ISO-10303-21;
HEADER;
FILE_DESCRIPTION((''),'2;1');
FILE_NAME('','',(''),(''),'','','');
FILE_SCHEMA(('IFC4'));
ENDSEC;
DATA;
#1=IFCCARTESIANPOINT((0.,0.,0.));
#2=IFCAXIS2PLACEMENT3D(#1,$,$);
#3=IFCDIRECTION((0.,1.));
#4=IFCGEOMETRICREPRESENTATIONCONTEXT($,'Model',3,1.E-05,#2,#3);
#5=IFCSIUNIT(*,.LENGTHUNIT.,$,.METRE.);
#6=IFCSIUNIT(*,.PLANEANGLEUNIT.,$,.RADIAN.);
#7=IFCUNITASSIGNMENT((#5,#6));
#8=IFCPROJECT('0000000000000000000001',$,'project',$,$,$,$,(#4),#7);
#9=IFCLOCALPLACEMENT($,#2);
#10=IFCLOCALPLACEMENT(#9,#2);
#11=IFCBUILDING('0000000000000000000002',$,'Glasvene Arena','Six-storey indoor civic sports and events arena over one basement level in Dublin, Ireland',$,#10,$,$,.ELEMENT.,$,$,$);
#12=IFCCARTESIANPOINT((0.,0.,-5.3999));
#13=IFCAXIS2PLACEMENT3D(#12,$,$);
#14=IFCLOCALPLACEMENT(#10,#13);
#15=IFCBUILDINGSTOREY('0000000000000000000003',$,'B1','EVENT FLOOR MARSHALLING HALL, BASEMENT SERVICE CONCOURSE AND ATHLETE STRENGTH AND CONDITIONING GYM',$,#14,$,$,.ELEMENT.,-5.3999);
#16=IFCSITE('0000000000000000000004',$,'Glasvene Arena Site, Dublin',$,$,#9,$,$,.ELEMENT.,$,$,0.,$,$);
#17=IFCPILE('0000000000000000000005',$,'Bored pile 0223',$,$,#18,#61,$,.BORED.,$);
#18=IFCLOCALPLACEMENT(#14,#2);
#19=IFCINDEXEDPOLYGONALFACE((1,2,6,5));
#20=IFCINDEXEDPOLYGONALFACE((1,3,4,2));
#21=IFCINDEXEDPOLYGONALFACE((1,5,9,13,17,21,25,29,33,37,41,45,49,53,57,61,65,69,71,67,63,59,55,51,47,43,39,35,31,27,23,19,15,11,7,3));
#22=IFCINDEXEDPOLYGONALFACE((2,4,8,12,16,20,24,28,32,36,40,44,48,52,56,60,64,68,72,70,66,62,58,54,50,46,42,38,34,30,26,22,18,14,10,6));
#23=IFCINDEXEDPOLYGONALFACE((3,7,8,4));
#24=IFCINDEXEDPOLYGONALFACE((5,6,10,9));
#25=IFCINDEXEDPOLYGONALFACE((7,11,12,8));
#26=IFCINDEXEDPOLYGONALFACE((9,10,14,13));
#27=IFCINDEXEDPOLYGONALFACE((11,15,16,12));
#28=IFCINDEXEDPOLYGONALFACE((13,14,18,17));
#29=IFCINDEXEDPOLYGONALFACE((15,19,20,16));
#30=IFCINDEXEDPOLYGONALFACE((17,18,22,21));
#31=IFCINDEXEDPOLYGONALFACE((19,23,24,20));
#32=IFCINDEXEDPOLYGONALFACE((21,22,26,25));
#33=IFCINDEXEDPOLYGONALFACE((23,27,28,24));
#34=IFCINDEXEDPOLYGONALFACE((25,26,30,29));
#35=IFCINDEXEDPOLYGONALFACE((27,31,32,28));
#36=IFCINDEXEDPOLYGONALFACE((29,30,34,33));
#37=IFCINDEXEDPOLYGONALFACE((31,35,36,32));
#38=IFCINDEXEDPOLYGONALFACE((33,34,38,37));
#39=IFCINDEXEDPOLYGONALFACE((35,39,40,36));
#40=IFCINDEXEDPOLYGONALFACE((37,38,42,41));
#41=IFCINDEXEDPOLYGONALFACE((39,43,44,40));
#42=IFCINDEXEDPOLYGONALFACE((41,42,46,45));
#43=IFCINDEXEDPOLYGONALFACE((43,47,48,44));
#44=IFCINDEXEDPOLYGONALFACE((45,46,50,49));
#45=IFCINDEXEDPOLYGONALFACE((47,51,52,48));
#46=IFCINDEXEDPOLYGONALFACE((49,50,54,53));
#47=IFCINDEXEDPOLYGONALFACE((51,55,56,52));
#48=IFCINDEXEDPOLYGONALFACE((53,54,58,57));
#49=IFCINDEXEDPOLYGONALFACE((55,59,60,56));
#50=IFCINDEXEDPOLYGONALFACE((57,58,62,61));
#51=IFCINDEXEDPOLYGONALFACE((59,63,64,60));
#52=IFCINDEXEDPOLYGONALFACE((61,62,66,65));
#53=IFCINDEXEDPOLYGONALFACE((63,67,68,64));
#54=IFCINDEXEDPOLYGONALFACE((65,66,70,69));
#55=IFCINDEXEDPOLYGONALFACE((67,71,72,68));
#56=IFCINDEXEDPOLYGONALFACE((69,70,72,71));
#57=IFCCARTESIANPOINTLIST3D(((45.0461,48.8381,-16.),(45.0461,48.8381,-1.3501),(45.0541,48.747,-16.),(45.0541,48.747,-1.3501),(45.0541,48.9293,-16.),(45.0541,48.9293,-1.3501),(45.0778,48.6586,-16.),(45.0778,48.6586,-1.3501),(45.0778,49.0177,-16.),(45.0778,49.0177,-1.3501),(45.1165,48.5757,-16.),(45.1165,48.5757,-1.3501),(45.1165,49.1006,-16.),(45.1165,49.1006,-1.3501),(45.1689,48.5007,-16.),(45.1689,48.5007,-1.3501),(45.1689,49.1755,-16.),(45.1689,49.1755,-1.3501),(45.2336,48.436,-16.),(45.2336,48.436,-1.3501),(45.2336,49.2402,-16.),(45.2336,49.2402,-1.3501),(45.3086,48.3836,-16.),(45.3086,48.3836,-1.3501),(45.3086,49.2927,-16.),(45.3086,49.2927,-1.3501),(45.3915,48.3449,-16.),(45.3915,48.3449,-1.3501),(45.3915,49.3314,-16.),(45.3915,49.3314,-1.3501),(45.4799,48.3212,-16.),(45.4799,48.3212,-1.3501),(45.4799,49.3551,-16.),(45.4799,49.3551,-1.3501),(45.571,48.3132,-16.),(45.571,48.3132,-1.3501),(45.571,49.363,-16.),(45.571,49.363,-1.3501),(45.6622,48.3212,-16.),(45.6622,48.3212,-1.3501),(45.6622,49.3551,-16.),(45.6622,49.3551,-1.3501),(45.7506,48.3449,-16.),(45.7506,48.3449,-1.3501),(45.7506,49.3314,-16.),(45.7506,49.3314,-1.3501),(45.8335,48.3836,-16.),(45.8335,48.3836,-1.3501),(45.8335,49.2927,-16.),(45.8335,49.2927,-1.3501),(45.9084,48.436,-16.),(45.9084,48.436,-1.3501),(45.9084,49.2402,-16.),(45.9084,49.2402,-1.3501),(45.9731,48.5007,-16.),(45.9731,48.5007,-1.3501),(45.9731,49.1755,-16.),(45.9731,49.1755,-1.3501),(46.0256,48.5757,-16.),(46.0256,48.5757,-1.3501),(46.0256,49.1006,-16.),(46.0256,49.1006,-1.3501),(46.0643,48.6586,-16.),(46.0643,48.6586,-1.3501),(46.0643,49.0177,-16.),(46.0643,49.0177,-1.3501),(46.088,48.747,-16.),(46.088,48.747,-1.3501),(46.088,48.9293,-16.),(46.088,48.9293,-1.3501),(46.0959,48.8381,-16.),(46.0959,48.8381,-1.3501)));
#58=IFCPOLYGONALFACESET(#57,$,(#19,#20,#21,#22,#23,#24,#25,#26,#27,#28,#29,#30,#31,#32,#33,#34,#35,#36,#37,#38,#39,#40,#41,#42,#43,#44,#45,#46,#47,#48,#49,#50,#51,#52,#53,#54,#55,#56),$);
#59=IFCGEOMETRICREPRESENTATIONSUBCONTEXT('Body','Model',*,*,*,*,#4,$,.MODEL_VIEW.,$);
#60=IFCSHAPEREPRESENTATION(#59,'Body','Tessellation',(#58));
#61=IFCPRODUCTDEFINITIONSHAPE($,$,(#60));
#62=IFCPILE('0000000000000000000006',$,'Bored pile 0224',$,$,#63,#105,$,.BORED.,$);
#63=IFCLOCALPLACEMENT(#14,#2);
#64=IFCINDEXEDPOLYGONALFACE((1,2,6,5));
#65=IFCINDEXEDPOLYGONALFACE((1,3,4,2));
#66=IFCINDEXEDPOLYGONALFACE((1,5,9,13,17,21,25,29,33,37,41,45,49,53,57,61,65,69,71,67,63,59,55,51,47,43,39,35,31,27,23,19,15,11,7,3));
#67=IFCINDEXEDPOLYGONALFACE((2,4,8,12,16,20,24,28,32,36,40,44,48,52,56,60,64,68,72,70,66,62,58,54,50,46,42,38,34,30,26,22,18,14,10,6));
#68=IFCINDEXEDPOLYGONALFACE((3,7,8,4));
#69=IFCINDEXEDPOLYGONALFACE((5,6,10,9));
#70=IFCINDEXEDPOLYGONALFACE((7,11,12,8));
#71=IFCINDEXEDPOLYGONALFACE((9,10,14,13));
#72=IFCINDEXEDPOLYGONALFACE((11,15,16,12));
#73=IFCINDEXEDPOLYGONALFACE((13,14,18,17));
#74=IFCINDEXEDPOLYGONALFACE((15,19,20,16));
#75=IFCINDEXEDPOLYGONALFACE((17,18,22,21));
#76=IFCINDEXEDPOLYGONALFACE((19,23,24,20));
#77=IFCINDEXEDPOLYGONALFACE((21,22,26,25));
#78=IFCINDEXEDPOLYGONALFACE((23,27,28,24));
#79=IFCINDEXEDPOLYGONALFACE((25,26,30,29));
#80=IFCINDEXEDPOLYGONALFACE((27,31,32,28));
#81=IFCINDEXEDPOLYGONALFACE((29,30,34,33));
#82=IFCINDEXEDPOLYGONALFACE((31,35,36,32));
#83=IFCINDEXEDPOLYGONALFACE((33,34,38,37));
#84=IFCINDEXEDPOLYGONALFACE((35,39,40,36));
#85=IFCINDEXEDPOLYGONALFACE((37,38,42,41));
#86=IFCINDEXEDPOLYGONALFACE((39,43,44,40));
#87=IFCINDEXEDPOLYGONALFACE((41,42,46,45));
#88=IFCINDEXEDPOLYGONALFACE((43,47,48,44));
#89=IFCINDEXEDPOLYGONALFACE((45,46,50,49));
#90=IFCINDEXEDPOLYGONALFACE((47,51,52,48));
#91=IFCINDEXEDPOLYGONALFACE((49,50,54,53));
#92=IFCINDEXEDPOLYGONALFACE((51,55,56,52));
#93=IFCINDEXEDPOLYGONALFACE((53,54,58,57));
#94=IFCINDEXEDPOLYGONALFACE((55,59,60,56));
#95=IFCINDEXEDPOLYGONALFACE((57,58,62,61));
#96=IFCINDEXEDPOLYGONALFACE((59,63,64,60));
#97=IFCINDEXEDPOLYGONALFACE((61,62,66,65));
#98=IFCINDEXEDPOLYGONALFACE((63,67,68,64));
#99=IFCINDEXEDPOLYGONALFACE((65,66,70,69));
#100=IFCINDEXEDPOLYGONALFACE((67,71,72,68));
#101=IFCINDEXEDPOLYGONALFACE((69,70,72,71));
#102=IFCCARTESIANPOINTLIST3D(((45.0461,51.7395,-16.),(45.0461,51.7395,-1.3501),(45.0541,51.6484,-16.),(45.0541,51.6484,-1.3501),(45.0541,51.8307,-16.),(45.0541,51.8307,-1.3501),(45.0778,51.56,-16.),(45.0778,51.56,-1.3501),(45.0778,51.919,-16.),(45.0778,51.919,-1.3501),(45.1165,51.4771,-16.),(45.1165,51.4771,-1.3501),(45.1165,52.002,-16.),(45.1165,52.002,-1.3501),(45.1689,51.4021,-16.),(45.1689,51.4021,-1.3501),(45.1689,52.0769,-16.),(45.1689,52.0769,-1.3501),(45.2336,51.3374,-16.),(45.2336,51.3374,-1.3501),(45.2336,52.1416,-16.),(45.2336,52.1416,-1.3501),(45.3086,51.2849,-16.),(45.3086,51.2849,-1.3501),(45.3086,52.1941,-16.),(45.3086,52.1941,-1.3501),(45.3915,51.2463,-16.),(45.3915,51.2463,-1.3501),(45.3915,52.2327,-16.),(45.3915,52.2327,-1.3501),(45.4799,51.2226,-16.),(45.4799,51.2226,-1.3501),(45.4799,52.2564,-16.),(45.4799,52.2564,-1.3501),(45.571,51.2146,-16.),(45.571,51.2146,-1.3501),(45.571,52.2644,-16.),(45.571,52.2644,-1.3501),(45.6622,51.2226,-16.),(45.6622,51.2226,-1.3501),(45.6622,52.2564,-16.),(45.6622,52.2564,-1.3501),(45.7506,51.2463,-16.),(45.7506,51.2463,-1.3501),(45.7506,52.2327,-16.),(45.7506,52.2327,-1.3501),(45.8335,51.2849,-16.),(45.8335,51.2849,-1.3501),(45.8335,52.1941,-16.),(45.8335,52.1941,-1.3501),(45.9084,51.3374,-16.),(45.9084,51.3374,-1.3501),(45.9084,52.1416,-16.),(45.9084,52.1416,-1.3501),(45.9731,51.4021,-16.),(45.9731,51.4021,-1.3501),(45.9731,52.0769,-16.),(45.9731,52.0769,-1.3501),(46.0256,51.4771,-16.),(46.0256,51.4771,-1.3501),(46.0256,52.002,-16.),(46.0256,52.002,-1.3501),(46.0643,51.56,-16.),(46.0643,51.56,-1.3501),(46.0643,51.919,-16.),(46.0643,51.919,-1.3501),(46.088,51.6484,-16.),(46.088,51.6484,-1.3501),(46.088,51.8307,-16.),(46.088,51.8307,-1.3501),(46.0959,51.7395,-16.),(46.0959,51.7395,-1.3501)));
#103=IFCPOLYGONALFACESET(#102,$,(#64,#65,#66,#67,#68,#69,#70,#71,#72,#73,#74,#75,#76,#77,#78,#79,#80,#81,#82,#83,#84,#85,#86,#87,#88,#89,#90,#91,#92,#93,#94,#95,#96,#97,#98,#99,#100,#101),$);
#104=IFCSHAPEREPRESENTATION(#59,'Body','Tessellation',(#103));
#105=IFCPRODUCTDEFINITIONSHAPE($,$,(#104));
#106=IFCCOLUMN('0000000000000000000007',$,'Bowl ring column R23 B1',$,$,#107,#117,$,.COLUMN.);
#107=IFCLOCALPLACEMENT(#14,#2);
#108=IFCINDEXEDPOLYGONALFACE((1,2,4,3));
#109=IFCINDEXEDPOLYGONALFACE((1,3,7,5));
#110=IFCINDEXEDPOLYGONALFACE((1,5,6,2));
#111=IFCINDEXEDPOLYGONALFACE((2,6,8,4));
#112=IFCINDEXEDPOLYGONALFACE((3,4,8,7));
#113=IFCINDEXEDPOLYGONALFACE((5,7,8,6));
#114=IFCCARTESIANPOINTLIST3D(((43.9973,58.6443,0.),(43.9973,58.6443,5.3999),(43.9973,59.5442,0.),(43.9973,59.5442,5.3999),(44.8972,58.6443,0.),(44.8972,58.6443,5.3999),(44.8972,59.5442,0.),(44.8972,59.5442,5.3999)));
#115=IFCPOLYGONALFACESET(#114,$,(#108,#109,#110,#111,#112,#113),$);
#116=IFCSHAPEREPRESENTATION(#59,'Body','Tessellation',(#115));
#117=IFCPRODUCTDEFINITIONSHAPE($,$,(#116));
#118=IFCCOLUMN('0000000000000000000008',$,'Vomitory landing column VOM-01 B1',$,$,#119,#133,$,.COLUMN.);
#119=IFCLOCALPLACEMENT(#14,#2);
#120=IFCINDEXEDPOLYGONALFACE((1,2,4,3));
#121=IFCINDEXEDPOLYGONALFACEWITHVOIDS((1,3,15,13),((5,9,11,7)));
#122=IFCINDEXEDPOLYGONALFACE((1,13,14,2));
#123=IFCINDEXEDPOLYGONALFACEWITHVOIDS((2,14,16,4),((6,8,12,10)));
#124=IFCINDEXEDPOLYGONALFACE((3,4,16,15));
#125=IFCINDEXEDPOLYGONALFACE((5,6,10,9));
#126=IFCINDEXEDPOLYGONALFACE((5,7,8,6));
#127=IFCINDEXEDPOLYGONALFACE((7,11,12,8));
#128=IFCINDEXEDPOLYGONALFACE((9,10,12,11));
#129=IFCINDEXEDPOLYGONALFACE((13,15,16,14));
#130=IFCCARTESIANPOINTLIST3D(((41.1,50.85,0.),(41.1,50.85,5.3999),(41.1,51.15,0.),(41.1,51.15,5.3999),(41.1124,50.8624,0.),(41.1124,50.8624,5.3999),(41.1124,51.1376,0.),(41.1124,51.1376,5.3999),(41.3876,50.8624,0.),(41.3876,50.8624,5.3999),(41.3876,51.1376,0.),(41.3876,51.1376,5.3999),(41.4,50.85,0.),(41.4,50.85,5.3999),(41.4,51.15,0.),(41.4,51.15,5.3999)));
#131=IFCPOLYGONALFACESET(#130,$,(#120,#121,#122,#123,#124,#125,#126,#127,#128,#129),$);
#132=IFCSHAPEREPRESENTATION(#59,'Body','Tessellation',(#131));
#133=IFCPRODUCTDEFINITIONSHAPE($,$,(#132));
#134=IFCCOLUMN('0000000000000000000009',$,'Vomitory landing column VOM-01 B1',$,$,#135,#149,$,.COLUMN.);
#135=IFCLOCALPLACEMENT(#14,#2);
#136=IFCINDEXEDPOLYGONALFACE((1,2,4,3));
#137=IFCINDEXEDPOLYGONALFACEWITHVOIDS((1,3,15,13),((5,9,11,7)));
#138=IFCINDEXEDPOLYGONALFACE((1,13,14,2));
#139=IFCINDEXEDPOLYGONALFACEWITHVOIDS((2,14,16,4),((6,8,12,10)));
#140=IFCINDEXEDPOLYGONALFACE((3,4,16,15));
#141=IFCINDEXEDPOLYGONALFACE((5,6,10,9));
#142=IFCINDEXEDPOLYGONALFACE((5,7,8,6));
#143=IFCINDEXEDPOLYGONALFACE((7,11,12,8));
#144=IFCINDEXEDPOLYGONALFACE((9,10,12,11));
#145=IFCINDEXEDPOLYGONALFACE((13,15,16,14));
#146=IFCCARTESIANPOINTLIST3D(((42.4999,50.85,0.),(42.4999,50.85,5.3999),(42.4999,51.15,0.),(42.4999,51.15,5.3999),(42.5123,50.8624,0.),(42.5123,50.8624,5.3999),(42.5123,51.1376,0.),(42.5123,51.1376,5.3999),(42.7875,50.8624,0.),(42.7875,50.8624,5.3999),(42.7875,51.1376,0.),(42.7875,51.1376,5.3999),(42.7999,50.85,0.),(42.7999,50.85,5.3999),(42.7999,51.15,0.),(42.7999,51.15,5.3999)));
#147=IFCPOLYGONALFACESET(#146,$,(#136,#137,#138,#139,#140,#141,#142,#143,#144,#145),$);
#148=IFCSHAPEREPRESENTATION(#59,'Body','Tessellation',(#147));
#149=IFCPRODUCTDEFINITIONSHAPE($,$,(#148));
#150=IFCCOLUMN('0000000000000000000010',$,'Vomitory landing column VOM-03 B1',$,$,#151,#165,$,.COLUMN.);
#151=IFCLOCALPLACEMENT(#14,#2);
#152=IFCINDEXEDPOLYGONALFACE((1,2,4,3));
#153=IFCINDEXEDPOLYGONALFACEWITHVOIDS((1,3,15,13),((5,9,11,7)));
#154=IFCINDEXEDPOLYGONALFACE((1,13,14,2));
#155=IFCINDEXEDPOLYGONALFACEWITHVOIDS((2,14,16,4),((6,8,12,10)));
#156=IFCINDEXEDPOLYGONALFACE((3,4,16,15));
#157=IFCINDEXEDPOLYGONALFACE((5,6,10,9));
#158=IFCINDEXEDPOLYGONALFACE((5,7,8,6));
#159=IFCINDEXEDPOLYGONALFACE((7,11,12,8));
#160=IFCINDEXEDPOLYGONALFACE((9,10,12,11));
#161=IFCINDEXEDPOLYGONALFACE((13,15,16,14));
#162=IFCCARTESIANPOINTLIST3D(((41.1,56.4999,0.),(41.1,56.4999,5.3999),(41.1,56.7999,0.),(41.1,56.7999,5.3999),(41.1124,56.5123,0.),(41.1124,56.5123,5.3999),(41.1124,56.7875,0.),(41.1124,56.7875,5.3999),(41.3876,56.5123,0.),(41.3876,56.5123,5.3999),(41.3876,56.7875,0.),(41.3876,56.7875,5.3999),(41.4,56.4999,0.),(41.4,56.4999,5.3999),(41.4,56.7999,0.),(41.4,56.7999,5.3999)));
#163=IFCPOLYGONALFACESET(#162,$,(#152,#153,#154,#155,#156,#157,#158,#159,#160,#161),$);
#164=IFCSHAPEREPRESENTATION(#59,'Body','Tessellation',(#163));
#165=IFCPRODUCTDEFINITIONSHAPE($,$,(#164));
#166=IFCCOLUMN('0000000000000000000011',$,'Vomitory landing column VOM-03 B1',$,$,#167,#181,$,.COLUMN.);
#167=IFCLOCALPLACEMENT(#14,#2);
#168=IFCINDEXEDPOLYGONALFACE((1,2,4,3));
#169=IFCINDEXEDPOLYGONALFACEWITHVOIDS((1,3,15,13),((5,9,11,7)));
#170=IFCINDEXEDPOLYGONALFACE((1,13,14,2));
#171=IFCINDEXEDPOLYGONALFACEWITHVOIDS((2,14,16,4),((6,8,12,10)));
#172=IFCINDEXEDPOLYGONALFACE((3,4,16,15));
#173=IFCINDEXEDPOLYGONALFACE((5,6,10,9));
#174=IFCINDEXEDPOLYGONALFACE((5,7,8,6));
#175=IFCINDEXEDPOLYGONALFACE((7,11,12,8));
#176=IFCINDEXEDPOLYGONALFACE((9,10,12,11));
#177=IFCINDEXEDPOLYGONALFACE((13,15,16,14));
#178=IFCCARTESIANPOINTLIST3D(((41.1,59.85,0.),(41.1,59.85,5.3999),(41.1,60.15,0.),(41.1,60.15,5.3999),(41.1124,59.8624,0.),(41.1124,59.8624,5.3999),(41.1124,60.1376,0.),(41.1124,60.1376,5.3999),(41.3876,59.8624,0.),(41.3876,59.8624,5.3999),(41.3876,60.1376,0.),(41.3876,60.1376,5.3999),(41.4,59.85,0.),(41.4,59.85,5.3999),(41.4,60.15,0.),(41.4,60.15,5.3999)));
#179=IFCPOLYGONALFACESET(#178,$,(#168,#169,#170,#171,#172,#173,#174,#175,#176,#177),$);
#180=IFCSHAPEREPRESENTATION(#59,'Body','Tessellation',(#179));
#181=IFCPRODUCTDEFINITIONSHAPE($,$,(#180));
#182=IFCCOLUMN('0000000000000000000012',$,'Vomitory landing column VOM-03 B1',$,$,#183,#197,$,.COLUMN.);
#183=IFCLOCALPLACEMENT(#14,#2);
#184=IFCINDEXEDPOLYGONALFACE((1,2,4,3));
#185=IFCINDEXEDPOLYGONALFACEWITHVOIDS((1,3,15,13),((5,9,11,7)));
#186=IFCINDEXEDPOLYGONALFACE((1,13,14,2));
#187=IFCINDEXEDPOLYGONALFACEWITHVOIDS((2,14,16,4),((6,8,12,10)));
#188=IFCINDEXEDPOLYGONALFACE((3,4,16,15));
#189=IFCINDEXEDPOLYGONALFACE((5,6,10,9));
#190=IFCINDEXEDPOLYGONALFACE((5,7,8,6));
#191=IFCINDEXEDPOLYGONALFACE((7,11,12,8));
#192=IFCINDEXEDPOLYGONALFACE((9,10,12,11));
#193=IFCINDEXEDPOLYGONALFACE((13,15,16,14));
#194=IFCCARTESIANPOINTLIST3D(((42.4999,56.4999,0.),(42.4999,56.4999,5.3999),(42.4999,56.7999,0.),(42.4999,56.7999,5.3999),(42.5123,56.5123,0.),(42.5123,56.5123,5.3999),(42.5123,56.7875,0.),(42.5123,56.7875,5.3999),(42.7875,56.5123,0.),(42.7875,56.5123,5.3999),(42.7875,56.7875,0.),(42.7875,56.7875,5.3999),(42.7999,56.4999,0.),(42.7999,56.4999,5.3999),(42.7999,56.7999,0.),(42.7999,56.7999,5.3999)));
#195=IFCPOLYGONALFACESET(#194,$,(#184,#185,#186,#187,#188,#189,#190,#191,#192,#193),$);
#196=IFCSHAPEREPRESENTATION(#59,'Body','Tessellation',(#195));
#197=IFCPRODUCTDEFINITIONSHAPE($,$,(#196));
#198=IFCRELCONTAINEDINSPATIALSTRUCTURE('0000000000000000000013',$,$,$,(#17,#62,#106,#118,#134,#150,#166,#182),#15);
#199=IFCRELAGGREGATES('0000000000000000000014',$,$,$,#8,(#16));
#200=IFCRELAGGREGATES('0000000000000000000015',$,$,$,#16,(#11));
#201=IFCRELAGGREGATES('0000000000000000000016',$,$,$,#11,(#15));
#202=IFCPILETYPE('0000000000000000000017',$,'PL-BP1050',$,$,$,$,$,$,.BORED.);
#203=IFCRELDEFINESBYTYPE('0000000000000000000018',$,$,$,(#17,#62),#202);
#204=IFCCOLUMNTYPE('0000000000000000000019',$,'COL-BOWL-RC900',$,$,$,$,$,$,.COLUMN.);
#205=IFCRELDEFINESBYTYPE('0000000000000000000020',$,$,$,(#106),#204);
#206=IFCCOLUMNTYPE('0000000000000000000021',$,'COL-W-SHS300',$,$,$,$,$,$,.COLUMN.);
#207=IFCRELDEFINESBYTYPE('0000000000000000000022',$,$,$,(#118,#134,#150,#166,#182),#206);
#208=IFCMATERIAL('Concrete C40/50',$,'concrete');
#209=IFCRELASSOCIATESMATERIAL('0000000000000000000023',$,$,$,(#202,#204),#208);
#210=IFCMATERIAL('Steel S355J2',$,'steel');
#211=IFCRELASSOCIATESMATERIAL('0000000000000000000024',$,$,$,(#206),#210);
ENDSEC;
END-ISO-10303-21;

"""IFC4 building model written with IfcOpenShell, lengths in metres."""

from ifc_helpers import new_model, si_unit, direction, frame, origin, origin_2d, place, context, subcontext, project, spatial, rectangle, hollow_rectangle, circle, extrude, material, material_profile, profile_set, type_object, element, save


model = new_model("IFC4")

# Units and contexts
model_context = context("Model", 3, precision=1e-05, world=origin(), true_north=direction((0.0, 1.0)))
body_context = subcontext(model_context, "Body", "Model", "MODEL_VIEW")
ifc_project = project(units=[si_unit("LENGTHUNIT", "METRE"), si_unit("PLANEANGLEUNIT", "RADIAN")], contexts=[model_context])

# Site, building, storey
site_placement = place(None, origin())
site = spatial("IfcSite", under=ifc_project, at=site_placement, Name="Glasvene Arena Site, Dublin", CompositionType="ELEMENT", RefElevation=0.0)
building_placement = place(site_placement, origin())
building = spatial("IfcBuilding", under=site, at=building_placement, Name="Glasvene Arena", Description="Six-storey indoor civic sports and events arena over one basement level in Dublin, Ireland", CompositionType="ELEMENT")
storey_placement = place(building_placement, frame((0.0, 0.0, -5.3999)))
storey = spatial("IfcBuildingStorey", under=building, at=storey_placement, Name="B1", Description="EVENT FLOOR MARSHALLING HALL, BASEMENT SERVICE CONCOURSE AND ATHLETE STRENGTH AND CONDITIONING GYM", CompositionType="ELEMENT", Elevation=-5.3999)

# Piles
ifc_material_1 = material(Name="Concrete C40/50", Category="concrete")
ifc_material_profile_1 = material_profile(ifc_material_1, circle(Radius=0.5249, at=origin_2d()), Name="BORED PILE 1050")
ifc_profile_set_1 = profile_set([ifc_material_profile_1], Name="Concrete C40/50")
pile_type = type_object("IfcPileType", Name="PL-BP1050", PredefinedType="BORED", material=ifc_profile_set_1)
for number, where, z_axis, x_axis, name in (
    (1, (45.571, 48.8381, -1.3501), (0.0, 0.0, -1.0), (1.0, 0.0, 0.0), "Bored pile 0223"),
    (2, (45.571, 51.7395, -1.3501), (0.0, 0.0, -1.0), (1.0, 0.0, 0.0), "Bored pile 0224"),
):
    element("IfcPile", number, at=place(storey_placement, frame(where, z_axis=z_axis, x_axis=x_axis)), inside=storey, type_object=pile_type, Name=name, PredefinedType="BORED", context=body_context, shape_type="SweptSolid", body=[
        extrude(circle(Radius=0.5249, at=origin_2d()), origin(), (0.0, 0.0, 1.0), 14.6499),
    ])

# Columns
ifc_material_profile_2 = material_profile(ifc_material_1, rectangle(XDim=0.8999, YDim=0.8999, at=origin_2d()), Name="RC 900x900")
ifc_profile_set_2 = profile_set([ifc_material_profile_2], Name="Concrete C40/50")
column_type_1 = type_object("IfcColumnType", Name="COL-BOWL-RC900", PredefinedType="COLUMN", material=ifc_profile_set_2)
column_placement = place(storey_placement, frame((44.4473, 59.0942, 0.0), z_axis=(0.0, 0.0, 1.0), x_axis=(1.0, 0.0, 0.0)))
element("IfcColumn", 3, at=column_placement, inside=storey, type_object=column_type_1, Name="Bowl ring column R23 B1", PredefinedType="COLUMN", context=body_context, shape_type="SweptSolid", body=[
    extrude(rectangle(XDim=0.8999, YDim=0.8999, at=origin_2d()), origin(), (0.0, 0.0, 1.0), 5.3999),
])
ifc_material_2 = material(Name="Steel S355J2", Category="steel")
ifc_material_profile_3 = material_profile(ifc_material_2, hollow_rectangle(XDim=0.3, YDim=0.3, WallThickness=0.0125, at=origin_2d()), Name="SHS 300x300x12.5")
ifc_profile_set_3 = profile_set([ifc_material_profile_3], Name="Steel S355J2")
column_type_2 = type_object("IfcColumnType", Name="COL-W-SHS300", PredefinedType="COLUMN", material=ifc_profile_set_3)
for number, where, z_axis, x_axis, name in (
    (4, (41.25, 51.0, 0.0), (0.0, 0.0, 1.0), (1.0, 0.0, 0.0), "Vomitory landing column VOM-01 B1"),
    (5, (42.6499, 51.0, 0.0), (0.0, 0.0, 1.0), (1.0, 0.0, 0.0), "Vomitory landing column VOM-01 B1"),
    (6, (41.25, 56.6499, 0.0), (0.0, 0.0, 1.0), (1.0, 0.0, 0.0), "Vomitory landing column VOM-03 B1"),
    (7, (41.25, 60.0, 0.0), (0.0, 0.0, 1.0), (1.0, 0.0, 0.0), "Vomitory landing column VOM-03 B1"),
    (8, (42.6499, 56.6499, 0.0), (0.0, 0.0, 1.0), (1.0, 0.0, 0.0), "Vomitory landing column VOM-03 B1"),
):
    element("IfcColumn", number, at=place(storey_placement, frame(where, z_axis=z_axis, x_axis=x_axis)), inside=storey, type_object=column_type_2, Name=name, PredefinedType="COLUMN", context=body_context, shape_type="SweptSolid", body=[
        extrude(hollow_rectangle(XDim=0.3, YDim=0.3, WallThickness=0.0125, at=origin_2d()), origin(), (0.0, 0.0, 1.0), 5.3999),
    ])

save(model, "model.ifc")
